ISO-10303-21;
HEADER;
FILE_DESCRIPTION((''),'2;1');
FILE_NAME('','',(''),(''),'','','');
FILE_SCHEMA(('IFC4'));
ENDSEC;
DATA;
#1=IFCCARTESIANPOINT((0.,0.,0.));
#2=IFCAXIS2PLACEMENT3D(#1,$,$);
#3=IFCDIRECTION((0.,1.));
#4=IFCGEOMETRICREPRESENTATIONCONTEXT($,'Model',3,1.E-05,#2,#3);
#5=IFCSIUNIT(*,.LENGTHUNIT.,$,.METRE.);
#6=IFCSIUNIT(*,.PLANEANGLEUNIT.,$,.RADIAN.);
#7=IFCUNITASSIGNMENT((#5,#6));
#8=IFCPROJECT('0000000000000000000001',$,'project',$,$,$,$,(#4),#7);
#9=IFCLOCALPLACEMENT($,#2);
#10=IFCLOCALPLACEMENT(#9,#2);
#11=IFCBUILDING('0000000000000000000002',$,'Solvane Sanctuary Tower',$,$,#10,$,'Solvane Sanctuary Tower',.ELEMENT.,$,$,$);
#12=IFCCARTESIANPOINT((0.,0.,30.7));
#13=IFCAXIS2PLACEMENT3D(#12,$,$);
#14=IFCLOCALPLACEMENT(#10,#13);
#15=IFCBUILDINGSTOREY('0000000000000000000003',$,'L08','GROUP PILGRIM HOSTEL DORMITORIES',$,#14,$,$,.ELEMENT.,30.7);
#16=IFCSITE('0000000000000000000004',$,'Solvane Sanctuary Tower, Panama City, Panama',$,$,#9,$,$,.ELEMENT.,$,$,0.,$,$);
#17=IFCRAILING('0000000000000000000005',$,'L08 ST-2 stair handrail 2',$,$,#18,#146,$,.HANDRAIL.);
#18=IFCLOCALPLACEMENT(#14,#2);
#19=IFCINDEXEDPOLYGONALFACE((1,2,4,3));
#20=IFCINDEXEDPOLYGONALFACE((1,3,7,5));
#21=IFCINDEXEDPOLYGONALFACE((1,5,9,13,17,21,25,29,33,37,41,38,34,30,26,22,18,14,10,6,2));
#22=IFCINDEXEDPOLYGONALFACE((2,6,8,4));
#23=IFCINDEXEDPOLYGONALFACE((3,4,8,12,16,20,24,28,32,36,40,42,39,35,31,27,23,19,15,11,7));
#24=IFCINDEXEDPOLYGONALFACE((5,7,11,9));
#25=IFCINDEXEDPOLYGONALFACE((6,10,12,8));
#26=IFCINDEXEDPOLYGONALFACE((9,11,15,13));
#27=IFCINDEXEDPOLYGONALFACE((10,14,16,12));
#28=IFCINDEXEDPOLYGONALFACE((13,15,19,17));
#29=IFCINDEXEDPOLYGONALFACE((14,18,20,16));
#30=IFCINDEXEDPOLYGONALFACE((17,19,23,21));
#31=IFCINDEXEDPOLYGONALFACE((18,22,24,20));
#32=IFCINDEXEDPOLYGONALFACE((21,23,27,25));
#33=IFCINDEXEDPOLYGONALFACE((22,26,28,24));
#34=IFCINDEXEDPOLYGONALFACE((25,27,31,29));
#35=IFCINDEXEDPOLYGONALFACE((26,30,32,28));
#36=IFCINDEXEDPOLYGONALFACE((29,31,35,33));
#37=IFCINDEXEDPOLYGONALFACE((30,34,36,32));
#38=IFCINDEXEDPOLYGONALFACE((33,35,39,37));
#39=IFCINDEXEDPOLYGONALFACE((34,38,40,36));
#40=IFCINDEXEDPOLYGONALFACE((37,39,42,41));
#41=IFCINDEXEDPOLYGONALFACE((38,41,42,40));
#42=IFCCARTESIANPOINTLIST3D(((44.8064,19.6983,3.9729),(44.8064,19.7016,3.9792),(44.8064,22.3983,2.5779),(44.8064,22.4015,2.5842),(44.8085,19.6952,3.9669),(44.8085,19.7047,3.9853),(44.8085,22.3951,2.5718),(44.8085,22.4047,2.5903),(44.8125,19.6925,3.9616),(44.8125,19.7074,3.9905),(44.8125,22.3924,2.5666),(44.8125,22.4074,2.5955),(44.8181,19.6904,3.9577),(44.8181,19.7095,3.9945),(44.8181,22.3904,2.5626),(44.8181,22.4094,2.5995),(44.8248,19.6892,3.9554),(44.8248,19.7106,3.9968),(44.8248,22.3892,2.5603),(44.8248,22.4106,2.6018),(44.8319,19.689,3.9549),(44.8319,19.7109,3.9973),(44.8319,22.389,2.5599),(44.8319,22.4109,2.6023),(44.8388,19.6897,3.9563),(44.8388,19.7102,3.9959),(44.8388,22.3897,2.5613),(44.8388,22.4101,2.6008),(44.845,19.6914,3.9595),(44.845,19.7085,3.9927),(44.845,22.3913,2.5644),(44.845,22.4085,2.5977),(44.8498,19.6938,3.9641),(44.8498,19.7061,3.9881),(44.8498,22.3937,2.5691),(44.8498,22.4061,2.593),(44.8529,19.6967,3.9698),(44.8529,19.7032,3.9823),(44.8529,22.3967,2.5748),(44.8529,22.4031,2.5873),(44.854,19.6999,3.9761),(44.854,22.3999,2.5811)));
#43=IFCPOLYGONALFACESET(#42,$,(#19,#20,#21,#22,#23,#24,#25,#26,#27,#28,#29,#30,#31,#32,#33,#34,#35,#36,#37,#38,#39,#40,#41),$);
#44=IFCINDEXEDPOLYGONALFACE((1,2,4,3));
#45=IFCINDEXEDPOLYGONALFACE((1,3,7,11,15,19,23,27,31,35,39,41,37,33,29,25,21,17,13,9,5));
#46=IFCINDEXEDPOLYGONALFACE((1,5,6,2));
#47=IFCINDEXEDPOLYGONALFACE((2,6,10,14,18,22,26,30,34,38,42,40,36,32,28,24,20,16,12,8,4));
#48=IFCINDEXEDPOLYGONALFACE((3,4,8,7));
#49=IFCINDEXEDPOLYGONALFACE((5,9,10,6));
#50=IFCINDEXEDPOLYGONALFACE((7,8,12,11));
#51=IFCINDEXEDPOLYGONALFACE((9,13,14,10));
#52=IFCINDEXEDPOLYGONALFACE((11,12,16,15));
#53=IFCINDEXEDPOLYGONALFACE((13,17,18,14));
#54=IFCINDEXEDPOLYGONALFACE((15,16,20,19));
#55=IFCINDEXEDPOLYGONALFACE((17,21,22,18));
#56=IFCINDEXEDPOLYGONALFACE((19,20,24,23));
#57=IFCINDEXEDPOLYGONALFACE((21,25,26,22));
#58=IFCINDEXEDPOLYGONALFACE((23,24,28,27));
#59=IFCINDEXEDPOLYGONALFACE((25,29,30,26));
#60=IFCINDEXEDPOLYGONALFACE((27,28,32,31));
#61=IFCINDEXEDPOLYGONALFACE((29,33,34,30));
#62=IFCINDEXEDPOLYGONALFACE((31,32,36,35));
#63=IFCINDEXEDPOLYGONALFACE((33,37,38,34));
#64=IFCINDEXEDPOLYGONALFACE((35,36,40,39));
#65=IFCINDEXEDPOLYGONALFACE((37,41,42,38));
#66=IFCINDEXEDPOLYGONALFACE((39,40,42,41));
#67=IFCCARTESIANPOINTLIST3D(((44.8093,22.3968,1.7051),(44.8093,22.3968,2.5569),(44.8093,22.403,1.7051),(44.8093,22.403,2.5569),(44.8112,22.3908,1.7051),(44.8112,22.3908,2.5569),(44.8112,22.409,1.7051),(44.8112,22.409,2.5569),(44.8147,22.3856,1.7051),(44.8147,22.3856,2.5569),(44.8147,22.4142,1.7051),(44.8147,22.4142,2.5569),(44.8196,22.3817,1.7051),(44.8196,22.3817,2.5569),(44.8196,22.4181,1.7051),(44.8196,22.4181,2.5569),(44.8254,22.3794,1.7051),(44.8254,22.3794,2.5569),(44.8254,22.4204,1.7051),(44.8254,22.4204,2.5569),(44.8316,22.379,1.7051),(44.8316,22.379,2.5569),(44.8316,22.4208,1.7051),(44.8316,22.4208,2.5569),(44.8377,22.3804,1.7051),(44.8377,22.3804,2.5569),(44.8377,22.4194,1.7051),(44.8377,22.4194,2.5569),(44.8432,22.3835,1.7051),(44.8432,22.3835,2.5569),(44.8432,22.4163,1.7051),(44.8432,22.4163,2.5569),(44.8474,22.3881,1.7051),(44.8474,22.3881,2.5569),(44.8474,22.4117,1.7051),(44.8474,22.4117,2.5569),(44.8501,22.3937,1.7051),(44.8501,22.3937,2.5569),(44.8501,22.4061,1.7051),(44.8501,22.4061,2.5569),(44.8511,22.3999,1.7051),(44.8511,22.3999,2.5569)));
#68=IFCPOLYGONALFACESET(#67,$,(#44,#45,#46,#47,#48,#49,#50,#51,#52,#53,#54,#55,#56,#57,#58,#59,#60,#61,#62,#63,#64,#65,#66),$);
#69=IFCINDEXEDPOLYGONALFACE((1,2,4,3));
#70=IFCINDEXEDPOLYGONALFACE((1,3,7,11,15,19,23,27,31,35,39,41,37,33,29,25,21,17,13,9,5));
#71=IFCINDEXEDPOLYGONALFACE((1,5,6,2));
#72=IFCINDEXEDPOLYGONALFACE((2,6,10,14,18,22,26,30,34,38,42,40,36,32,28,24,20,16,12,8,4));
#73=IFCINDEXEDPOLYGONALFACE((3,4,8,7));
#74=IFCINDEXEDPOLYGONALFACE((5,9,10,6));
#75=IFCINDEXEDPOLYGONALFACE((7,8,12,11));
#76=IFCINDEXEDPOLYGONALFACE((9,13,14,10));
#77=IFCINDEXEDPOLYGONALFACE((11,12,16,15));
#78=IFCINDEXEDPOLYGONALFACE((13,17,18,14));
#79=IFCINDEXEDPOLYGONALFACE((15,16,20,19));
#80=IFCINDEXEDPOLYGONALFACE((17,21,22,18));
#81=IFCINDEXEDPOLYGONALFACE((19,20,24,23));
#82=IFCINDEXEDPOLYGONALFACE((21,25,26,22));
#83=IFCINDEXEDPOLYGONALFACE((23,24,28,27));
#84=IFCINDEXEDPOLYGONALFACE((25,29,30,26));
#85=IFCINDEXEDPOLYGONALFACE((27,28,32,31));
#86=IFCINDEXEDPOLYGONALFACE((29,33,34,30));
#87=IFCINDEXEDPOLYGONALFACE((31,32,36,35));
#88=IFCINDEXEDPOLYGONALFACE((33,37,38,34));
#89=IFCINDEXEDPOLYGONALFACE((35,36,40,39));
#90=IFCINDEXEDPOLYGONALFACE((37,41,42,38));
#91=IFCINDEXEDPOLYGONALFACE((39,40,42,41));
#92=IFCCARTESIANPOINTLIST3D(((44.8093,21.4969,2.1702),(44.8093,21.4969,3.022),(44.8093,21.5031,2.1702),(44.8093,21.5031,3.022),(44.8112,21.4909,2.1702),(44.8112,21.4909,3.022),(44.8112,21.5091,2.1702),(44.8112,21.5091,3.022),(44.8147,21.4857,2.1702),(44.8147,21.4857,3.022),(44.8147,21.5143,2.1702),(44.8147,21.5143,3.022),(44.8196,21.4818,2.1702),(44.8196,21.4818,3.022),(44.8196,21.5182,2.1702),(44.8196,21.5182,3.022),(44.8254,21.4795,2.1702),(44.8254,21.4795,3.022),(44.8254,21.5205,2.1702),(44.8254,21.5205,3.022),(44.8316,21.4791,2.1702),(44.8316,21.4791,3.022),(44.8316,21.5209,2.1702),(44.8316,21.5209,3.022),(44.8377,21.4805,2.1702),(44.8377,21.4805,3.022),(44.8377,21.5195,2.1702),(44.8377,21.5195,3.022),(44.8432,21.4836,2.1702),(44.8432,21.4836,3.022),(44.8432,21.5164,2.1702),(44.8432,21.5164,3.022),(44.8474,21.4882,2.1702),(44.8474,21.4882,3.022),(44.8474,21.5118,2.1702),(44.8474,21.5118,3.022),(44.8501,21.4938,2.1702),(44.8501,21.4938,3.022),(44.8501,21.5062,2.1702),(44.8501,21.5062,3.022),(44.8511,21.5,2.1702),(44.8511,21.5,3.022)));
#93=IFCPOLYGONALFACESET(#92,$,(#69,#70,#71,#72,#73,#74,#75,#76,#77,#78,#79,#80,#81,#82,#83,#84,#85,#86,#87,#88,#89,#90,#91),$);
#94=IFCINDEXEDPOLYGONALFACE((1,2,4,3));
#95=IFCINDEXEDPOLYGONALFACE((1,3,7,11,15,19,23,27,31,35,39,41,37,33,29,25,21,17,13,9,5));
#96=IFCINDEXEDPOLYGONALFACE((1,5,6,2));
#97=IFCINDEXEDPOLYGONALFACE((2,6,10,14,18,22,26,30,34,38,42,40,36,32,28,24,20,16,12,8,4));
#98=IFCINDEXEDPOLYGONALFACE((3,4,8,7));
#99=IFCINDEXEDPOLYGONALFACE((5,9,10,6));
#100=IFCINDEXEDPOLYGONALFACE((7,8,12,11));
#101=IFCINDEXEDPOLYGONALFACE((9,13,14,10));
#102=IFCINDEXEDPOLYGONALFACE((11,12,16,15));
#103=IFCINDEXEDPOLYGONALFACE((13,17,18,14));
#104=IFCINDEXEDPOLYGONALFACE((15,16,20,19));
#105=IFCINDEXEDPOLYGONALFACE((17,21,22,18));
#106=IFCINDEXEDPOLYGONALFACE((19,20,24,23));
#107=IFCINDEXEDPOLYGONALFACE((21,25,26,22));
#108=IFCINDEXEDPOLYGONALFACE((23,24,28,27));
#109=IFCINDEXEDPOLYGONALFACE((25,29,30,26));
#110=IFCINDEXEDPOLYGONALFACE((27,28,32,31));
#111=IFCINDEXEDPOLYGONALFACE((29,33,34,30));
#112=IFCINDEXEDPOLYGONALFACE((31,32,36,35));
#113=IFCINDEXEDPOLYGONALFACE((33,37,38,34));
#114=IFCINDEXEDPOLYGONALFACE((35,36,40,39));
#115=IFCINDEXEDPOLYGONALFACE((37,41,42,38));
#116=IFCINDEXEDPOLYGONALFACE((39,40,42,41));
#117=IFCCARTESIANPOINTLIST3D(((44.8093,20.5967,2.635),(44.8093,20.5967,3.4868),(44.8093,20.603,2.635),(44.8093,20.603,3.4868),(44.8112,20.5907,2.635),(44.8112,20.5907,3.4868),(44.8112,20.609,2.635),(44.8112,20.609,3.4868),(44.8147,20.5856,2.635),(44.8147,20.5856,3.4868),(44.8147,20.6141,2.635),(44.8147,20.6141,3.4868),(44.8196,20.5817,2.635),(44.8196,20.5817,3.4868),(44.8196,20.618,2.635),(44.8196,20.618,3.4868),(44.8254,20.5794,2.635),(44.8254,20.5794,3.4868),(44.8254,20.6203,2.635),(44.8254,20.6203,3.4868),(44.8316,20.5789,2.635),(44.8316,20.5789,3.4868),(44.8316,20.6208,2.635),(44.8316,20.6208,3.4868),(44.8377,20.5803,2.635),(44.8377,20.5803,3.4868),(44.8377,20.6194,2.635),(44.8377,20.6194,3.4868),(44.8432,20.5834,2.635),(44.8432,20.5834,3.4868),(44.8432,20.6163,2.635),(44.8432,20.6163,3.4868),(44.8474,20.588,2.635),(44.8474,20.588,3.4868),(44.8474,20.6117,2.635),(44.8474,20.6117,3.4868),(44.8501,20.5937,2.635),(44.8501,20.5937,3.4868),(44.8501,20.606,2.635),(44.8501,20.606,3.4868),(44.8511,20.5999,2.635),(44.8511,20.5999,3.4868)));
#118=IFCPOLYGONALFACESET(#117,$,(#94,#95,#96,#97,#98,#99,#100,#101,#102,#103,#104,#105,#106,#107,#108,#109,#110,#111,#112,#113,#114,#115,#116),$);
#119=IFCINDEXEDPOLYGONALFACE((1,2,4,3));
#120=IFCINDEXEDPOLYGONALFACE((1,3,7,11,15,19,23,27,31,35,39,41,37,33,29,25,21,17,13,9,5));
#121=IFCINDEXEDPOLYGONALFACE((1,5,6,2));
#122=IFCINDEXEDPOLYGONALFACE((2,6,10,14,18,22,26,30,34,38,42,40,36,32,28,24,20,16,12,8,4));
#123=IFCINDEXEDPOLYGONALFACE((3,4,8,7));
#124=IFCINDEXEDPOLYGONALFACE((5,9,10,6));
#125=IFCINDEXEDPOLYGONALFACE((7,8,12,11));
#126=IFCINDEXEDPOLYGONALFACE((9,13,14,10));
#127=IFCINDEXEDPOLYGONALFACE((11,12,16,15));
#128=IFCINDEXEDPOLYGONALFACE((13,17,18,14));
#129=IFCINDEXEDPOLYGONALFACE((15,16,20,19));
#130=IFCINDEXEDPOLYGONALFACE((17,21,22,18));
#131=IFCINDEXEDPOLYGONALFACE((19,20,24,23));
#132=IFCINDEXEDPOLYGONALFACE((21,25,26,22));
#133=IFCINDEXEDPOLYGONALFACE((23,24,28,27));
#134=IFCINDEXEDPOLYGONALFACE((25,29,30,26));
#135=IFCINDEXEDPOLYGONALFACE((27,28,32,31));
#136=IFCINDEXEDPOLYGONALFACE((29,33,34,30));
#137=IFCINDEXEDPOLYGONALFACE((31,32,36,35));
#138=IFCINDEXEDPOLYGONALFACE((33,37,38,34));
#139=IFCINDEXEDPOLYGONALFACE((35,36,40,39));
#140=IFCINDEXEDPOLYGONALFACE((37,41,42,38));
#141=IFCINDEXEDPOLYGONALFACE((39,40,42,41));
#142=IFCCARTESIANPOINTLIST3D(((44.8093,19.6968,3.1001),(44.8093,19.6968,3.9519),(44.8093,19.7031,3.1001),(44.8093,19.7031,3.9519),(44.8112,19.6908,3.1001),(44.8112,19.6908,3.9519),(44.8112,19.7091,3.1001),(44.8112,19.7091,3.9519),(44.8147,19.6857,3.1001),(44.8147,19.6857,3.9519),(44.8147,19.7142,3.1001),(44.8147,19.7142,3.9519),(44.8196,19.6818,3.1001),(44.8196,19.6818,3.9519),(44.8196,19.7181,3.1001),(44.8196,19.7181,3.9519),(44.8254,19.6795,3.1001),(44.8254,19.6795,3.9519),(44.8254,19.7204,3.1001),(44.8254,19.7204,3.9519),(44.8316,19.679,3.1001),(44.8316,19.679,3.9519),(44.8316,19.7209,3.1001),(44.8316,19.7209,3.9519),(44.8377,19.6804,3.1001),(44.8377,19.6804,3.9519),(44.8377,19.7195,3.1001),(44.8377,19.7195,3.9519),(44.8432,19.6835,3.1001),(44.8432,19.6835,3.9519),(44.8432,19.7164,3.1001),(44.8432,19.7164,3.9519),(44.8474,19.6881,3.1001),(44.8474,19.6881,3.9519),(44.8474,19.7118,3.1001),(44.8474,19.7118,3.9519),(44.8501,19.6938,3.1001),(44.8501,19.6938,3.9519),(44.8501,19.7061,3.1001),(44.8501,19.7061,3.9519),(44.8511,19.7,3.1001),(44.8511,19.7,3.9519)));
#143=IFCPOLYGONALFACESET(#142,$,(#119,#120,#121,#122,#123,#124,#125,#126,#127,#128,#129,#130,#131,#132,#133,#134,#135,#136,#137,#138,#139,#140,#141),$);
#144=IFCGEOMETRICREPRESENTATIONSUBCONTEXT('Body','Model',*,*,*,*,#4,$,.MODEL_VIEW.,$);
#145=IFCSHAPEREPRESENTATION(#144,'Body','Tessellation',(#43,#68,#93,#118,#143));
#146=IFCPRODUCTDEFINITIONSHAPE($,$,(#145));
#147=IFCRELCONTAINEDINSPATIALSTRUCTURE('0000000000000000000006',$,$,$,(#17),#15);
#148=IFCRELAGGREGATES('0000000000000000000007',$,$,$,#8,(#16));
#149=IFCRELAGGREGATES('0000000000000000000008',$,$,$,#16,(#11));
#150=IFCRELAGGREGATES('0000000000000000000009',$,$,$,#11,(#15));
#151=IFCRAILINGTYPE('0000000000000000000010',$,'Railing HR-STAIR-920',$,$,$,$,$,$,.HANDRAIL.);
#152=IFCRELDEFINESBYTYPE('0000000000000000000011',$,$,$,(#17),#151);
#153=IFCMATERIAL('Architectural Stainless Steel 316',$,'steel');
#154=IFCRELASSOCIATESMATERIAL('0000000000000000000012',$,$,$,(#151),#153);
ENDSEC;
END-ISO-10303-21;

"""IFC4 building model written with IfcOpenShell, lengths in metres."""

from ifc_helpers import new_model, si_unit, direction, frame, origin, origin_2d, place, context, subcontext, project, spatial, circle, extrude, material, type_object, element, save


model = new_model("IFC4")

# Units and contexts
model_context = context("Model", 3, precision=1e-05, world=origin(), true_north=direction((0.0, 1.0)))
body_context = subcontext(model_context, "Body", "Model", "MODEL_VIEW")
ifc_project = project(units=[si_unit("LENGTHUNIT", "METRE"), si_unit("PLANEANGLEUNIT", "RADIAN")], contexts=[model_context])

# Site, building, storey
site_placement = place(None, origin())
site = spatial("IfcSite", under=ifc_project, at=site_placement, Name="Solvane Sanctuary Tower, Panama City, Panama", CompositionType="ELEMENT", RefElevation=0.0)
building_placement = place(site_placement, origin())
building = spatial("IfcBuilding", under=site, at=building_placement, Name="Solvane Sanctuary Tower", LongName="Solvane Sanctuary Tower", CompositionType="ELEMENT")
storey_placement = place(building_placement, frame((0.0, 0.0, 30.7)))
storey = spatial("IfcBuildingStorey", under=building, at=storey_placement, Name="L08", Description="GROUP PILGRIM HOSTEL DORMITORIES", CompositionType="ELEMENT", Elevation=30.7)

# Shared definitions
ifc_material_1 = material(Name="Architectural Stainless Steel 316", Category="steel")

# Railing
railing_type_1 = type_object("IfcRailingType", Name="Railing HR-STAIR-920", PredefinedType="HANDRAIL", material=ifc_material_1)
railing_1_placement = place(storey_placement, frame((44.8301, 22.3999, 1.7051)))
element("IfcRailing", 1, at=railing_1_placement, inside=storey, type_object=railing_type_1, Name="L08 ST-2 stair handrail 2", PredefinedType="HANDRAIL", context=body_context, shape_type="SweptSolid", body=[
    extrude(circle(Radius=0.0239, at=origin_2d()), frame((0.0, 0.0, 0.876), z_axis=(0.0, -0.88842, 0.459032), x_axis=(1.0, 0.0, 0.0)), (0.0, 0.0, 1.0), 3.0391),
    extrude(circle(Radius=0.021, at=origin_2d()), origin(), (0.0, 0.0, 1.0), 0.8518),
    extrude(circle(Radius=0.021, at=origin_2d()), frame((0.0, -0.8999, 0.4651)), (0.0, 0.0, 1.0), 0.8518),
    extrude(circle(Radius=0.021, at=origin_2d()), frame((0.0, -1.8, 0.9299)), (0.0, 0.0, 1.0), 0.8518),
    extrude(circle(Radius=0.021, at=origin_2d()), frame((0.0, -2.7, 1.395)), (0.0, 0.0, 1.0), 0.8518),
])

save(model, "model.ifc")
